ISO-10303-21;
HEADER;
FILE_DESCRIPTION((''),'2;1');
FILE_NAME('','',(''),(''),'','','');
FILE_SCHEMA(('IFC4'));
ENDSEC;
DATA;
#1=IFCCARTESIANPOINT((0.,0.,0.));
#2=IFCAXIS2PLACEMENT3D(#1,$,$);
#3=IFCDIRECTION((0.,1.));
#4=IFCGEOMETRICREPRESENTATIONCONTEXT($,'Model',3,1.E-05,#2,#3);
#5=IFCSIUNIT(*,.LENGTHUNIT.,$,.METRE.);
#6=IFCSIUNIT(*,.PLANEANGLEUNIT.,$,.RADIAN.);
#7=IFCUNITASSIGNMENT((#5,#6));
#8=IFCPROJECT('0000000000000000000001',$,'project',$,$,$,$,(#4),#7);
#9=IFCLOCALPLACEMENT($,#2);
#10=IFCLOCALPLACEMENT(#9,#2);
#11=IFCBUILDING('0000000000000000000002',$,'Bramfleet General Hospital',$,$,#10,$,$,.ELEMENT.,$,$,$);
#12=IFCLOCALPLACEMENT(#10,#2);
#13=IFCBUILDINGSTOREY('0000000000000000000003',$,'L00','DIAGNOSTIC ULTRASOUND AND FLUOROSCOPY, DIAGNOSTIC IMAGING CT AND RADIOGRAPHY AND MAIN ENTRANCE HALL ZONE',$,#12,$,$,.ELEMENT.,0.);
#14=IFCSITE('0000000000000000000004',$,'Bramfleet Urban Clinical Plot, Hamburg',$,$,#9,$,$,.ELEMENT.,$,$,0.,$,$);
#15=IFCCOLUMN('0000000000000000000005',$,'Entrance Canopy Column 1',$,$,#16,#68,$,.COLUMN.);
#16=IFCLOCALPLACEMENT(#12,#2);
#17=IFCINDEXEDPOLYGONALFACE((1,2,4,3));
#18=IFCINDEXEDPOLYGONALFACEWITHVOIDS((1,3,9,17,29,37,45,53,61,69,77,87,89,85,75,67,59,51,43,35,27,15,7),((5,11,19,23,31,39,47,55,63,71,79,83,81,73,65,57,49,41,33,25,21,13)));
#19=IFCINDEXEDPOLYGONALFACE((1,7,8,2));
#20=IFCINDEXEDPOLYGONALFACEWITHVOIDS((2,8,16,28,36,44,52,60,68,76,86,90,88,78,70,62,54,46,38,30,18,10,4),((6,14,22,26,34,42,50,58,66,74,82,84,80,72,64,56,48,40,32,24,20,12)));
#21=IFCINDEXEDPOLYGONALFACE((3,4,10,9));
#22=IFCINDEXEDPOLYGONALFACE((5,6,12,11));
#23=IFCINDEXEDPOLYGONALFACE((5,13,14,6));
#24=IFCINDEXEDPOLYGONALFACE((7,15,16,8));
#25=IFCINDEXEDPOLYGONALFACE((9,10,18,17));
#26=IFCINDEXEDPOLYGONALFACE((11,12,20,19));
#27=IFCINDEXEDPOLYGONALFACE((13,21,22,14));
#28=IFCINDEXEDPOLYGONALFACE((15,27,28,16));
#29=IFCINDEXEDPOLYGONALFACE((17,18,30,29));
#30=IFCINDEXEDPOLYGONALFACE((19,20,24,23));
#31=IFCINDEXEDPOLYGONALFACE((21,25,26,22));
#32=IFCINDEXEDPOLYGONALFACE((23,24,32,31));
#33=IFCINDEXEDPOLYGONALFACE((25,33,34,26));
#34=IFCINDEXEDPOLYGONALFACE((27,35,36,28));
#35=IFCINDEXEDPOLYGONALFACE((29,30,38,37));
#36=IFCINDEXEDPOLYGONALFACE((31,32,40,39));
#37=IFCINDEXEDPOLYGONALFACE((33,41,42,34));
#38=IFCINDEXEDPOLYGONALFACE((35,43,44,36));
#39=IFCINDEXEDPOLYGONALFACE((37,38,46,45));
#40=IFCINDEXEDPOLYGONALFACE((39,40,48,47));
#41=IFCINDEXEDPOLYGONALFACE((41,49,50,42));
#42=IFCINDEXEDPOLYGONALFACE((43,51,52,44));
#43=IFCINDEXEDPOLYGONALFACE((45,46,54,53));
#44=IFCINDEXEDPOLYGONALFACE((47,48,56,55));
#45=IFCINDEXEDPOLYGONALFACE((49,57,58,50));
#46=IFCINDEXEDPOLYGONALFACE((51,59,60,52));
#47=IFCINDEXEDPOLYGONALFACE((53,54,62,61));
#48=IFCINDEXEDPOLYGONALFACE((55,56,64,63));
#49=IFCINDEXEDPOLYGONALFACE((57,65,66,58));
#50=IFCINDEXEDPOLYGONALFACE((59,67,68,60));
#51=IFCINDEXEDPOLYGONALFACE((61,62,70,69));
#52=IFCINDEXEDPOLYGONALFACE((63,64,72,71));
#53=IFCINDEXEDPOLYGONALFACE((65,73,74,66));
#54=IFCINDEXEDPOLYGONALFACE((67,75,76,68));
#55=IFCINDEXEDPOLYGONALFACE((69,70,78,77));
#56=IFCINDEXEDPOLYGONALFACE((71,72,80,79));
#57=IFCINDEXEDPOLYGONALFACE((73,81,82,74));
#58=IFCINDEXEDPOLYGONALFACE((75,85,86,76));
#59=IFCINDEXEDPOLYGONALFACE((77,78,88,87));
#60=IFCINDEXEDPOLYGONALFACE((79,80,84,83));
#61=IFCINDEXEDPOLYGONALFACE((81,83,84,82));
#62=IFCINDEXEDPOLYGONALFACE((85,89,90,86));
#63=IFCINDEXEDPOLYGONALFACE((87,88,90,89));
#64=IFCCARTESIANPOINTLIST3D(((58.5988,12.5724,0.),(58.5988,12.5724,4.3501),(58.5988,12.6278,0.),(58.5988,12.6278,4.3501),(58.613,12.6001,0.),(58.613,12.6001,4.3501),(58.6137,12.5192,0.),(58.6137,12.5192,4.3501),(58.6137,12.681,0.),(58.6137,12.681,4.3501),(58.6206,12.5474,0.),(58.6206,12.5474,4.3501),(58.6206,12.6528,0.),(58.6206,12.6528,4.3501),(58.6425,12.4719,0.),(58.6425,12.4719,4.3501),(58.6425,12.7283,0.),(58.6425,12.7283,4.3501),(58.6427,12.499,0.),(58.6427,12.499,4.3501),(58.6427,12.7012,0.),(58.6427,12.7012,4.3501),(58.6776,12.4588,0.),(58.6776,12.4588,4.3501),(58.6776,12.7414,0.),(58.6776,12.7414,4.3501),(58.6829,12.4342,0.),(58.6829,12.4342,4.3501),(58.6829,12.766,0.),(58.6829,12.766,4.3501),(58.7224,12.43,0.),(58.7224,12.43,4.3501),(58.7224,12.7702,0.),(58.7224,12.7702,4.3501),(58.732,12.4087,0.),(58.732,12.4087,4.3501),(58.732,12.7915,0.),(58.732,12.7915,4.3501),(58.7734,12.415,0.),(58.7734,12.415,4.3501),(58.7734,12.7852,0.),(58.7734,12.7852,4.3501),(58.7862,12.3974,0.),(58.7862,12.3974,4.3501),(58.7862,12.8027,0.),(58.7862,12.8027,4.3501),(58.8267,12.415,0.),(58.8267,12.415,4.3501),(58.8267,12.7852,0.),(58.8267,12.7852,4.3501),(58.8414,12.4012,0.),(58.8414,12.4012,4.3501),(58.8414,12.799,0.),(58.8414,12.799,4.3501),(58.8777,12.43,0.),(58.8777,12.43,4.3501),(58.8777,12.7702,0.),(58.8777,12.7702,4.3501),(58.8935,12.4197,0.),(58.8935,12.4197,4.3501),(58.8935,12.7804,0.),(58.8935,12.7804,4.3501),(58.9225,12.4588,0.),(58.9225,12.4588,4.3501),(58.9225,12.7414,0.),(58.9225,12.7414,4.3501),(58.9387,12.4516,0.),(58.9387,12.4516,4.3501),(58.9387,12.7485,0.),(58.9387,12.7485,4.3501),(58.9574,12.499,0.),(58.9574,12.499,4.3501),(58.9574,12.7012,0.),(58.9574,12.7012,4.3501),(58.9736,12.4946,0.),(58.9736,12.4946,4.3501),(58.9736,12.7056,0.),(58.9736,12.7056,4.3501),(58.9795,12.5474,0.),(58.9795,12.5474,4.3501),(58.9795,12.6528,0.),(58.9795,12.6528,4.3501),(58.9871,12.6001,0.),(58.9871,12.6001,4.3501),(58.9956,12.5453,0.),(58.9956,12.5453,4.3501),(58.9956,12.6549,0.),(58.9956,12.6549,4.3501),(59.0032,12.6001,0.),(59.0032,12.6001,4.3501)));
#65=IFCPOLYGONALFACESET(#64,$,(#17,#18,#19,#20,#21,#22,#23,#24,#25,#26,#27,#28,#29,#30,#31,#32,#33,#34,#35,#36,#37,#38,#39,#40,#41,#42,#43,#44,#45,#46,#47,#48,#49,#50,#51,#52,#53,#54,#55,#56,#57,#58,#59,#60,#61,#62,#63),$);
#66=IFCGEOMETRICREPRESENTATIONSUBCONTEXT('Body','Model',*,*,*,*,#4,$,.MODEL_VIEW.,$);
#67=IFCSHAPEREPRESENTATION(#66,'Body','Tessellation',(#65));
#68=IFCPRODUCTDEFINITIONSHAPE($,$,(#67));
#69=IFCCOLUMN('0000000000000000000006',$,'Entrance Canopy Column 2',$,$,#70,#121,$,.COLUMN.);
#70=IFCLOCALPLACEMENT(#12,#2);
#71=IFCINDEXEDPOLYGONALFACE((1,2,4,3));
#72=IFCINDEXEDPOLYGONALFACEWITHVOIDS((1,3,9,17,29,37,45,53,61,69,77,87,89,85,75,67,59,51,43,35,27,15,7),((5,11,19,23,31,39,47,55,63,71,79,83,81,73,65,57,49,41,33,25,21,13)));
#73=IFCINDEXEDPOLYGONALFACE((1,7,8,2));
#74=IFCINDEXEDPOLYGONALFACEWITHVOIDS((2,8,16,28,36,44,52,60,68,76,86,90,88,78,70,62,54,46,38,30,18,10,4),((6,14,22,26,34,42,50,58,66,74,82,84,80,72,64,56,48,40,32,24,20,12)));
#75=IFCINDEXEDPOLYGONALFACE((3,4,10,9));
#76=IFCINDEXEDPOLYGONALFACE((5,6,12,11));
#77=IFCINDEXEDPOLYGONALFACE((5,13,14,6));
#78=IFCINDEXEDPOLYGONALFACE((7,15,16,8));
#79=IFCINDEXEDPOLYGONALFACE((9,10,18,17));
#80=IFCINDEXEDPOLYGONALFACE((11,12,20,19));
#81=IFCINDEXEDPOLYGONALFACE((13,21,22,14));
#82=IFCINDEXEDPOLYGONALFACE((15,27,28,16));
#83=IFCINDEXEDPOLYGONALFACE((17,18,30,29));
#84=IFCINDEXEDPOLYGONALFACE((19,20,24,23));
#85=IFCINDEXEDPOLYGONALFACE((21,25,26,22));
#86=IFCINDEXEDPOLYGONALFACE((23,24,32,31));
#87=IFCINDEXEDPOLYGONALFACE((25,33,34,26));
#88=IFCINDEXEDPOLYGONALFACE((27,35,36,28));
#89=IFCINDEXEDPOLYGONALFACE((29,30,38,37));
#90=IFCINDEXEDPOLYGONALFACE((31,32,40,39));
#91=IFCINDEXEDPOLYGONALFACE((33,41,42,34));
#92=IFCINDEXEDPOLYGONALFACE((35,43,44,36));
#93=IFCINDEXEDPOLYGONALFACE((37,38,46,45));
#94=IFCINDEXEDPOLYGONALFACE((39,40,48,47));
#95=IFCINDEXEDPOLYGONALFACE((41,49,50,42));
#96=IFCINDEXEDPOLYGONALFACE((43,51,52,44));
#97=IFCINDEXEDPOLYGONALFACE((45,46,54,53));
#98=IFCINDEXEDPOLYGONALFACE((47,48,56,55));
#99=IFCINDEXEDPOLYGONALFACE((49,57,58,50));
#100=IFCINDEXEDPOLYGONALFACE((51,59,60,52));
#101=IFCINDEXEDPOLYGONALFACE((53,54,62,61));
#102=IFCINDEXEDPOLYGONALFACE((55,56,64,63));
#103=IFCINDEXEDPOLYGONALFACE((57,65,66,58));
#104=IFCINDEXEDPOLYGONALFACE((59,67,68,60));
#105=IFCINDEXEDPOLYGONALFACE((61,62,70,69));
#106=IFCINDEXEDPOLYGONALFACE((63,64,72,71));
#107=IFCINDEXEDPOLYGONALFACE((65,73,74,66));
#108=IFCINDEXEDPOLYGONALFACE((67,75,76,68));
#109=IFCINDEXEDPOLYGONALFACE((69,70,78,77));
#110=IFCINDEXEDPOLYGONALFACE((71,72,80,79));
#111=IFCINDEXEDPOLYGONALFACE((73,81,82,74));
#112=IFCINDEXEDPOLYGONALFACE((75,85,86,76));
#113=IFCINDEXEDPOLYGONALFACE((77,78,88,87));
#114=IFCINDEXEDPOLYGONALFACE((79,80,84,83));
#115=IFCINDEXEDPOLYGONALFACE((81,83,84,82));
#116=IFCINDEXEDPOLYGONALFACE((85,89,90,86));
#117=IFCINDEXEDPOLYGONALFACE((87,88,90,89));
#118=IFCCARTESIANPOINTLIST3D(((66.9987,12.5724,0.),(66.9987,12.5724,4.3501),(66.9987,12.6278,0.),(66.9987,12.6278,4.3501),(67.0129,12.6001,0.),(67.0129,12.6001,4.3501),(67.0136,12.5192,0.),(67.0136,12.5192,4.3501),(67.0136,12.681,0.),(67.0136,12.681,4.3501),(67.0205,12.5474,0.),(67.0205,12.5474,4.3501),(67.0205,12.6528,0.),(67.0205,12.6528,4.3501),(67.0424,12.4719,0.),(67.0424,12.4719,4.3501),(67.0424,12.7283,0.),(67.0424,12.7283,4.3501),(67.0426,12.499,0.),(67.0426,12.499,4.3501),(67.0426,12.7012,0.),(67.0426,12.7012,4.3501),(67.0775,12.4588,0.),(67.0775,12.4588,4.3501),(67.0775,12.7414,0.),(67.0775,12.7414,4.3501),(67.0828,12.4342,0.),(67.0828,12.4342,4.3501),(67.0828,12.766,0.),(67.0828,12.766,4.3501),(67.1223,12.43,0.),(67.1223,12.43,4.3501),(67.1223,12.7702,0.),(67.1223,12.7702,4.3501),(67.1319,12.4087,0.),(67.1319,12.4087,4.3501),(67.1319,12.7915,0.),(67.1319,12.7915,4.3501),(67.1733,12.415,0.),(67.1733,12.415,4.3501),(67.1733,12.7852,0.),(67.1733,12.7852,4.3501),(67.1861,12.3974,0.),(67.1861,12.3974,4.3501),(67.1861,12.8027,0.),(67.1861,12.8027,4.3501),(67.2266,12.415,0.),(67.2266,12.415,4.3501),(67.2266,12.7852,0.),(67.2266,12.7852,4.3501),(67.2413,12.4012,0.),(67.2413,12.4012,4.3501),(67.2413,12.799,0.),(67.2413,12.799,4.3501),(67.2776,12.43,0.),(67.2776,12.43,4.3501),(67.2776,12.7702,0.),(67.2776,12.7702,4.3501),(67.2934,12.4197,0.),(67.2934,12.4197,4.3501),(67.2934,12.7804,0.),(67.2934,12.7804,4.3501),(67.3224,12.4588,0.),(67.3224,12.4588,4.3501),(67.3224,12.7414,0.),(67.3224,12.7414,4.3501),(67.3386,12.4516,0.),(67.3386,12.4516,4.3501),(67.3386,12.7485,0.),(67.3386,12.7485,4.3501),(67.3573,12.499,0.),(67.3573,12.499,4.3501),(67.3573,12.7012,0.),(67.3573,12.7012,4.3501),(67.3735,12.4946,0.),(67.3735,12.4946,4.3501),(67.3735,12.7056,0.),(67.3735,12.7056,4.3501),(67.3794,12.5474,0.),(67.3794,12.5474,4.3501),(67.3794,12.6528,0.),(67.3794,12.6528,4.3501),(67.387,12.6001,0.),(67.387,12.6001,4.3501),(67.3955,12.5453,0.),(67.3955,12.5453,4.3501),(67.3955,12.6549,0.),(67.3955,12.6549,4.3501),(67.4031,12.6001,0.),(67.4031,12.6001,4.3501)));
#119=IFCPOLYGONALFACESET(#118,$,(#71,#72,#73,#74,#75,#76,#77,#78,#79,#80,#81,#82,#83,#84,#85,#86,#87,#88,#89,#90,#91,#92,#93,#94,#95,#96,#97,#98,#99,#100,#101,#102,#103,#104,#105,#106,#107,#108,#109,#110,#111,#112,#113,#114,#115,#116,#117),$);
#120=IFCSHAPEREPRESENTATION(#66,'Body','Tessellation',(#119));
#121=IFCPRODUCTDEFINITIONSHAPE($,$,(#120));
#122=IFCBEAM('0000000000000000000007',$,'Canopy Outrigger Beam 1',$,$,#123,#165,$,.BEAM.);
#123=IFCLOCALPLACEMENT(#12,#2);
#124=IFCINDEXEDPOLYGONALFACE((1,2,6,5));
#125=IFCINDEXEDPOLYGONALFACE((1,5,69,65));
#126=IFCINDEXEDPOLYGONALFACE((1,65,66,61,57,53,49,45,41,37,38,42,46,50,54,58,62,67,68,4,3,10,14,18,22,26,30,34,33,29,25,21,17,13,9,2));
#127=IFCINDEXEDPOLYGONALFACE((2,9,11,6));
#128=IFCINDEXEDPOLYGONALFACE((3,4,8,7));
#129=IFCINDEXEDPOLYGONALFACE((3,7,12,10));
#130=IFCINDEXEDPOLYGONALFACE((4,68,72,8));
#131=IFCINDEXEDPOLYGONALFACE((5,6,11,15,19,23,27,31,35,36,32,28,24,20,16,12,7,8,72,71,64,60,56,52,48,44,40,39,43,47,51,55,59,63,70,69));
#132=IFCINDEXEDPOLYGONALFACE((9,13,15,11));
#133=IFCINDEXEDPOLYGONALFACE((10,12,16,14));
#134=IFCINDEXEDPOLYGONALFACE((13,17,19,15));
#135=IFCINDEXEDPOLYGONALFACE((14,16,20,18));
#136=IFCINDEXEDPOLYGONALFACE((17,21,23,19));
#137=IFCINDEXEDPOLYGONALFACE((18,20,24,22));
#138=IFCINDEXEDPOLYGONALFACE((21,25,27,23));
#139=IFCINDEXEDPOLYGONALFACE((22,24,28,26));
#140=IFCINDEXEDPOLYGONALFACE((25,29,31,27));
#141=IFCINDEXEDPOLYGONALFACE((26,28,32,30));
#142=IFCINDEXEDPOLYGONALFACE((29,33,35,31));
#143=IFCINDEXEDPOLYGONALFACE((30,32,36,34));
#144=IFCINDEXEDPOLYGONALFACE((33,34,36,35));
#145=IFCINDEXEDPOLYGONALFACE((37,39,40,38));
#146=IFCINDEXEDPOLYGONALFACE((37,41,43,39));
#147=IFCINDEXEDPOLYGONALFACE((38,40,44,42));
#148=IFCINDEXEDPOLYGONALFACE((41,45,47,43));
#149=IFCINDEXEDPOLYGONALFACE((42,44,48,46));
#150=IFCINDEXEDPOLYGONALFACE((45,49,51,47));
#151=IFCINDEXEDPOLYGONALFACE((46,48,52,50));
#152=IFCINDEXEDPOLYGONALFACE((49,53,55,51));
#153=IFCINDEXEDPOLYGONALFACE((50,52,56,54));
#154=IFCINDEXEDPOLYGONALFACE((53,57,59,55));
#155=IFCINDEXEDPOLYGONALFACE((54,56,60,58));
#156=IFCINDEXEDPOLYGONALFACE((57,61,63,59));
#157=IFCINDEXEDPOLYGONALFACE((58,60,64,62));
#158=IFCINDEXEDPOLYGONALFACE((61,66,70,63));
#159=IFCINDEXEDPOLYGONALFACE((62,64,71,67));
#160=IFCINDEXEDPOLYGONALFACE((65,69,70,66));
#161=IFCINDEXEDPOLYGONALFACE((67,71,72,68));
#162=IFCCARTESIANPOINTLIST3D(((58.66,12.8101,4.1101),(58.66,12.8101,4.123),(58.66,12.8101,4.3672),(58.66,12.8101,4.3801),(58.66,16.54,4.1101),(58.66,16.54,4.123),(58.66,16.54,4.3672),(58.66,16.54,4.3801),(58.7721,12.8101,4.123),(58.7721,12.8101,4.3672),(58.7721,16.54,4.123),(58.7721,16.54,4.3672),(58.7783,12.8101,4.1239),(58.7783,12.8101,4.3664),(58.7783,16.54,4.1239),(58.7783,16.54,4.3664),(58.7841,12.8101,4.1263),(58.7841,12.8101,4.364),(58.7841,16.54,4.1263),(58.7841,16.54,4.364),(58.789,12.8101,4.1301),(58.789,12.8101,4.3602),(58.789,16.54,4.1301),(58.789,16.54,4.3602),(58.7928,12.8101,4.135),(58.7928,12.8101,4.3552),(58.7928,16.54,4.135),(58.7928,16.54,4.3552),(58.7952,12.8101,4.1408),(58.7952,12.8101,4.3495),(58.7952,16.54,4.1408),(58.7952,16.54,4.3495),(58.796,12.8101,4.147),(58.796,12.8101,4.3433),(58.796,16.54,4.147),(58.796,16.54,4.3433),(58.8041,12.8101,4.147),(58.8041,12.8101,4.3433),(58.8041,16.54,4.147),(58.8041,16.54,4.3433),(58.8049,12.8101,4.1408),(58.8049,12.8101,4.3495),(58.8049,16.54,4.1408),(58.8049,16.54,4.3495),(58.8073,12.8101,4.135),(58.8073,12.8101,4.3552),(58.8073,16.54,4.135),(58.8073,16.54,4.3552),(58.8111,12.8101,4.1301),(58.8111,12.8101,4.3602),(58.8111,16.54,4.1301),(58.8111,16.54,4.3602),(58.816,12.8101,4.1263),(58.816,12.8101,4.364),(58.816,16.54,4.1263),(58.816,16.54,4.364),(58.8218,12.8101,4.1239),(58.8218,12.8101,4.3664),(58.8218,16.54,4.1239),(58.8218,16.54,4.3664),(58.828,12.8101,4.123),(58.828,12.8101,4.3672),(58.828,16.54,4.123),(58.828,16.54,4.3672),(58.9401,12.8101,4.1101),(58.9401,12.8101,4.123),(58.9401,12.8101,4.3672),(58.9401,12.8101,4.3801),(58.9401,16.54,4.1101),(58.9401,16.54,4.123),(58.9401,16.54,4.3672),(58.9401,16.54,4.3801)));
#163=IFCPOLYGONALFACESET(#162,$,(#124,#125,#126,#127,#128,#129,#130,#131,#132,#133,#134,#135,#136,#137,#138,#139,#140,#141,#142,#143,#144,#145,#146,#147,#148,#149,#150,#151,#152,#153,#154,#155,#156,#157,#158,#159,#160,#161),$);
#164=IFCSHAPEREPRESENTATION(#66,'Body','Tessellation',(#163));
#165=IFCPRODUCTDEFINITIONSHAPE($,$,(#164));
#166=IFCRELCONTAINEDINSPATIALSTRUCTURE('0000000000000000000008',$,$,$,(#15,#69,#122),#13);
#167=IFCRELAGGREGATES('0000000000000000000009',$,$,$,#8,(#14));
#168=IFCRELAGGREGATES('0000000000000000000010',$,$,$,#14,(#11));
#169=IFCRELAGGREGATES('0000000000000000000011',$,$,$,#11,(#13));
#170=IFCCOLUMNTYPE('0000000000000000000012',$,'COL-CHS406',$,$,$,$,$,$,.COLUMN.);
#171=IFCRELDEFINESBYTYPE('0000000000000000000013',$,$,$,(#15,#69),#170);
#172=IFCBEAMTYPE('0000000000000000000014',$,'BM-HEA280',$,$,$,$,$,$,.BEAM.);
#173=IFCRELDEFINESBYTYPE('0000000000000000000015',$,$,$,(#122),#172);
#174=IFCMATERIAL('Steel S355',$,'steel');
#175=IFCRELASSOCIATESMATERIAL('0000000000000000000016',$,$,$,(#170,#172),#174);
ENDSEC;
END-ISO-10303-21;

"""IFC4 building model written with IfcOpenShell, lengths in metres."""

from ifc_helpers import new_model, si_unit, direction, frame, origin, origin_2d, place, context, subcontext, project, spatial, hollow_circle, i_section, extrude, material, material_profile, profile_set, type_object, element, save


model = new_model("IFC4")

# Units and contexts
model_context = context("Model", 3, precision=1e-05, world=origin(), true_north=direction((0.0, 1.0)))
body_context = subcontext(model_context, "Body", "Model", "MODEL_VIEW")
ifc_project = project(units=[si_unit("LENGTHUNIT", "METRE"), si_unit("PLANEANGLEUNIT", "RADIAN")], contexts=[model_context])

# Site, building, storey
site_placement = place(None, origin())
site = spatial("IfcSite", under=ifc_project, at=site_placement, Name="Bramfleet Urban Clinical Plot, Hamburg", CompositionType="ELEMENT", RefElevation=0.0)
building_placement = place(site_placement, origin())
building = spatial("IfcBuilding", under=site, at=building_placement, Name="Bramfleet General Hospital", CompositionType="ELEMENT")
storey_placement = place(building_placement, origin())
storey = spatial("IfcBuildingStorey", under=building, at=storey_placement, Name="L00", Description="DIAGNOSTIC ULTRASOUND AND FLUOROSCOPY, DIAGNOSTIC IMAGING CT AND RADIOGRAPHY AND MAIN ENTRANCE HALL ZONE", CompositionType="ELEMENT", Elevation=0.0)

# Columns
ifc_material_1 = material(Name="Steel S355", Category="steel")
ifc_material_profile_1 = material_profile(ifc_material_1, hollow_circle(Radius=0.2031, WallThickness=0.0161, at=origin_2d()), Name="CHS 406.4x16.0")
ifc_profile_set_1 = profile_set([ifc_material_profile_1], Name="Steel S355")
column_type = type_object("IfcColumnType", Name="COL-CHS406", PredefinedType="COLUMN", material=ifc_profile_set_1)
for number, where, z_axis, x_axis, name in (
    (1, (58.8, 12.6001, 0.0), (0.0, 0.0, 1.0), (1.0, 0.0, 0.0), "Entrance Canopy Column 1"),
    (2, (67.2, 12.6001, 0.0), (0.0, 0.0, 1.0), (1.0, 0.0, 0.0), "Entrance Canopy Column 2"),
):
    element("IfcColumn", number, at=place(storey_placement, frame(where, z_axis=z_axis, x_axis=x_axis)), inside=storey, type_object=column_type, Name=name, PredefinedType="COLUMN", context=body_context, shape_type="SweptSolid", body=[
        extrude(hollow_circle(Radius=0.2031, WallThickness=0.0161, at=origin_2d()), origin(), (0.0, 0.0, 1.0), 4.3501),
    ])

# Beam
ifc_material_profile_2 = material_profile(ifc_material_1, i_section(OverallWidth=0.28, OverallDepth=0.27, WebThickness=0.0081, FlangeThickness=0.0129, FilletRadius=0.0239, at=origin_2d()), Name="HEA 280")
ifc_profile_set_2 = profile_set([ifc_material_profile_2], Name="Steel S355")
beam_type_1 = type_object("IfcBeamType", Name="BM-HEA280", PredefinedType="BEAM", material=ifc_profile_set_2)
for number, where, z_axis, x_axis, name in (
    (3, (58.8, 12.8101, 4.2451), (0.0, 1.0, 0.0), (-1.0, 0.0, 0.0), "Canopy Outrigger Beam 1"),
):
    element("IfcBeam", number, at=place(storey_placement, frame(where, z_axis=z_axis, x_axis=x_axis)), inside=storey, type_object=beam_type_1, Name=name, PredefinedType="BEAM", context=body_context, shape_type="SweptSolid", body=[
        extrude(i_section(OverallWidth=0.28, OverallDepth=0.27, WebThickness=0.0081, FlangeThickness=0.0129, FilletRadius=0.0239, at=origin_2d()), origin(), (0.0, 0.0, 1.0), 3.73),
    ])

save(model, "model.ifc")
